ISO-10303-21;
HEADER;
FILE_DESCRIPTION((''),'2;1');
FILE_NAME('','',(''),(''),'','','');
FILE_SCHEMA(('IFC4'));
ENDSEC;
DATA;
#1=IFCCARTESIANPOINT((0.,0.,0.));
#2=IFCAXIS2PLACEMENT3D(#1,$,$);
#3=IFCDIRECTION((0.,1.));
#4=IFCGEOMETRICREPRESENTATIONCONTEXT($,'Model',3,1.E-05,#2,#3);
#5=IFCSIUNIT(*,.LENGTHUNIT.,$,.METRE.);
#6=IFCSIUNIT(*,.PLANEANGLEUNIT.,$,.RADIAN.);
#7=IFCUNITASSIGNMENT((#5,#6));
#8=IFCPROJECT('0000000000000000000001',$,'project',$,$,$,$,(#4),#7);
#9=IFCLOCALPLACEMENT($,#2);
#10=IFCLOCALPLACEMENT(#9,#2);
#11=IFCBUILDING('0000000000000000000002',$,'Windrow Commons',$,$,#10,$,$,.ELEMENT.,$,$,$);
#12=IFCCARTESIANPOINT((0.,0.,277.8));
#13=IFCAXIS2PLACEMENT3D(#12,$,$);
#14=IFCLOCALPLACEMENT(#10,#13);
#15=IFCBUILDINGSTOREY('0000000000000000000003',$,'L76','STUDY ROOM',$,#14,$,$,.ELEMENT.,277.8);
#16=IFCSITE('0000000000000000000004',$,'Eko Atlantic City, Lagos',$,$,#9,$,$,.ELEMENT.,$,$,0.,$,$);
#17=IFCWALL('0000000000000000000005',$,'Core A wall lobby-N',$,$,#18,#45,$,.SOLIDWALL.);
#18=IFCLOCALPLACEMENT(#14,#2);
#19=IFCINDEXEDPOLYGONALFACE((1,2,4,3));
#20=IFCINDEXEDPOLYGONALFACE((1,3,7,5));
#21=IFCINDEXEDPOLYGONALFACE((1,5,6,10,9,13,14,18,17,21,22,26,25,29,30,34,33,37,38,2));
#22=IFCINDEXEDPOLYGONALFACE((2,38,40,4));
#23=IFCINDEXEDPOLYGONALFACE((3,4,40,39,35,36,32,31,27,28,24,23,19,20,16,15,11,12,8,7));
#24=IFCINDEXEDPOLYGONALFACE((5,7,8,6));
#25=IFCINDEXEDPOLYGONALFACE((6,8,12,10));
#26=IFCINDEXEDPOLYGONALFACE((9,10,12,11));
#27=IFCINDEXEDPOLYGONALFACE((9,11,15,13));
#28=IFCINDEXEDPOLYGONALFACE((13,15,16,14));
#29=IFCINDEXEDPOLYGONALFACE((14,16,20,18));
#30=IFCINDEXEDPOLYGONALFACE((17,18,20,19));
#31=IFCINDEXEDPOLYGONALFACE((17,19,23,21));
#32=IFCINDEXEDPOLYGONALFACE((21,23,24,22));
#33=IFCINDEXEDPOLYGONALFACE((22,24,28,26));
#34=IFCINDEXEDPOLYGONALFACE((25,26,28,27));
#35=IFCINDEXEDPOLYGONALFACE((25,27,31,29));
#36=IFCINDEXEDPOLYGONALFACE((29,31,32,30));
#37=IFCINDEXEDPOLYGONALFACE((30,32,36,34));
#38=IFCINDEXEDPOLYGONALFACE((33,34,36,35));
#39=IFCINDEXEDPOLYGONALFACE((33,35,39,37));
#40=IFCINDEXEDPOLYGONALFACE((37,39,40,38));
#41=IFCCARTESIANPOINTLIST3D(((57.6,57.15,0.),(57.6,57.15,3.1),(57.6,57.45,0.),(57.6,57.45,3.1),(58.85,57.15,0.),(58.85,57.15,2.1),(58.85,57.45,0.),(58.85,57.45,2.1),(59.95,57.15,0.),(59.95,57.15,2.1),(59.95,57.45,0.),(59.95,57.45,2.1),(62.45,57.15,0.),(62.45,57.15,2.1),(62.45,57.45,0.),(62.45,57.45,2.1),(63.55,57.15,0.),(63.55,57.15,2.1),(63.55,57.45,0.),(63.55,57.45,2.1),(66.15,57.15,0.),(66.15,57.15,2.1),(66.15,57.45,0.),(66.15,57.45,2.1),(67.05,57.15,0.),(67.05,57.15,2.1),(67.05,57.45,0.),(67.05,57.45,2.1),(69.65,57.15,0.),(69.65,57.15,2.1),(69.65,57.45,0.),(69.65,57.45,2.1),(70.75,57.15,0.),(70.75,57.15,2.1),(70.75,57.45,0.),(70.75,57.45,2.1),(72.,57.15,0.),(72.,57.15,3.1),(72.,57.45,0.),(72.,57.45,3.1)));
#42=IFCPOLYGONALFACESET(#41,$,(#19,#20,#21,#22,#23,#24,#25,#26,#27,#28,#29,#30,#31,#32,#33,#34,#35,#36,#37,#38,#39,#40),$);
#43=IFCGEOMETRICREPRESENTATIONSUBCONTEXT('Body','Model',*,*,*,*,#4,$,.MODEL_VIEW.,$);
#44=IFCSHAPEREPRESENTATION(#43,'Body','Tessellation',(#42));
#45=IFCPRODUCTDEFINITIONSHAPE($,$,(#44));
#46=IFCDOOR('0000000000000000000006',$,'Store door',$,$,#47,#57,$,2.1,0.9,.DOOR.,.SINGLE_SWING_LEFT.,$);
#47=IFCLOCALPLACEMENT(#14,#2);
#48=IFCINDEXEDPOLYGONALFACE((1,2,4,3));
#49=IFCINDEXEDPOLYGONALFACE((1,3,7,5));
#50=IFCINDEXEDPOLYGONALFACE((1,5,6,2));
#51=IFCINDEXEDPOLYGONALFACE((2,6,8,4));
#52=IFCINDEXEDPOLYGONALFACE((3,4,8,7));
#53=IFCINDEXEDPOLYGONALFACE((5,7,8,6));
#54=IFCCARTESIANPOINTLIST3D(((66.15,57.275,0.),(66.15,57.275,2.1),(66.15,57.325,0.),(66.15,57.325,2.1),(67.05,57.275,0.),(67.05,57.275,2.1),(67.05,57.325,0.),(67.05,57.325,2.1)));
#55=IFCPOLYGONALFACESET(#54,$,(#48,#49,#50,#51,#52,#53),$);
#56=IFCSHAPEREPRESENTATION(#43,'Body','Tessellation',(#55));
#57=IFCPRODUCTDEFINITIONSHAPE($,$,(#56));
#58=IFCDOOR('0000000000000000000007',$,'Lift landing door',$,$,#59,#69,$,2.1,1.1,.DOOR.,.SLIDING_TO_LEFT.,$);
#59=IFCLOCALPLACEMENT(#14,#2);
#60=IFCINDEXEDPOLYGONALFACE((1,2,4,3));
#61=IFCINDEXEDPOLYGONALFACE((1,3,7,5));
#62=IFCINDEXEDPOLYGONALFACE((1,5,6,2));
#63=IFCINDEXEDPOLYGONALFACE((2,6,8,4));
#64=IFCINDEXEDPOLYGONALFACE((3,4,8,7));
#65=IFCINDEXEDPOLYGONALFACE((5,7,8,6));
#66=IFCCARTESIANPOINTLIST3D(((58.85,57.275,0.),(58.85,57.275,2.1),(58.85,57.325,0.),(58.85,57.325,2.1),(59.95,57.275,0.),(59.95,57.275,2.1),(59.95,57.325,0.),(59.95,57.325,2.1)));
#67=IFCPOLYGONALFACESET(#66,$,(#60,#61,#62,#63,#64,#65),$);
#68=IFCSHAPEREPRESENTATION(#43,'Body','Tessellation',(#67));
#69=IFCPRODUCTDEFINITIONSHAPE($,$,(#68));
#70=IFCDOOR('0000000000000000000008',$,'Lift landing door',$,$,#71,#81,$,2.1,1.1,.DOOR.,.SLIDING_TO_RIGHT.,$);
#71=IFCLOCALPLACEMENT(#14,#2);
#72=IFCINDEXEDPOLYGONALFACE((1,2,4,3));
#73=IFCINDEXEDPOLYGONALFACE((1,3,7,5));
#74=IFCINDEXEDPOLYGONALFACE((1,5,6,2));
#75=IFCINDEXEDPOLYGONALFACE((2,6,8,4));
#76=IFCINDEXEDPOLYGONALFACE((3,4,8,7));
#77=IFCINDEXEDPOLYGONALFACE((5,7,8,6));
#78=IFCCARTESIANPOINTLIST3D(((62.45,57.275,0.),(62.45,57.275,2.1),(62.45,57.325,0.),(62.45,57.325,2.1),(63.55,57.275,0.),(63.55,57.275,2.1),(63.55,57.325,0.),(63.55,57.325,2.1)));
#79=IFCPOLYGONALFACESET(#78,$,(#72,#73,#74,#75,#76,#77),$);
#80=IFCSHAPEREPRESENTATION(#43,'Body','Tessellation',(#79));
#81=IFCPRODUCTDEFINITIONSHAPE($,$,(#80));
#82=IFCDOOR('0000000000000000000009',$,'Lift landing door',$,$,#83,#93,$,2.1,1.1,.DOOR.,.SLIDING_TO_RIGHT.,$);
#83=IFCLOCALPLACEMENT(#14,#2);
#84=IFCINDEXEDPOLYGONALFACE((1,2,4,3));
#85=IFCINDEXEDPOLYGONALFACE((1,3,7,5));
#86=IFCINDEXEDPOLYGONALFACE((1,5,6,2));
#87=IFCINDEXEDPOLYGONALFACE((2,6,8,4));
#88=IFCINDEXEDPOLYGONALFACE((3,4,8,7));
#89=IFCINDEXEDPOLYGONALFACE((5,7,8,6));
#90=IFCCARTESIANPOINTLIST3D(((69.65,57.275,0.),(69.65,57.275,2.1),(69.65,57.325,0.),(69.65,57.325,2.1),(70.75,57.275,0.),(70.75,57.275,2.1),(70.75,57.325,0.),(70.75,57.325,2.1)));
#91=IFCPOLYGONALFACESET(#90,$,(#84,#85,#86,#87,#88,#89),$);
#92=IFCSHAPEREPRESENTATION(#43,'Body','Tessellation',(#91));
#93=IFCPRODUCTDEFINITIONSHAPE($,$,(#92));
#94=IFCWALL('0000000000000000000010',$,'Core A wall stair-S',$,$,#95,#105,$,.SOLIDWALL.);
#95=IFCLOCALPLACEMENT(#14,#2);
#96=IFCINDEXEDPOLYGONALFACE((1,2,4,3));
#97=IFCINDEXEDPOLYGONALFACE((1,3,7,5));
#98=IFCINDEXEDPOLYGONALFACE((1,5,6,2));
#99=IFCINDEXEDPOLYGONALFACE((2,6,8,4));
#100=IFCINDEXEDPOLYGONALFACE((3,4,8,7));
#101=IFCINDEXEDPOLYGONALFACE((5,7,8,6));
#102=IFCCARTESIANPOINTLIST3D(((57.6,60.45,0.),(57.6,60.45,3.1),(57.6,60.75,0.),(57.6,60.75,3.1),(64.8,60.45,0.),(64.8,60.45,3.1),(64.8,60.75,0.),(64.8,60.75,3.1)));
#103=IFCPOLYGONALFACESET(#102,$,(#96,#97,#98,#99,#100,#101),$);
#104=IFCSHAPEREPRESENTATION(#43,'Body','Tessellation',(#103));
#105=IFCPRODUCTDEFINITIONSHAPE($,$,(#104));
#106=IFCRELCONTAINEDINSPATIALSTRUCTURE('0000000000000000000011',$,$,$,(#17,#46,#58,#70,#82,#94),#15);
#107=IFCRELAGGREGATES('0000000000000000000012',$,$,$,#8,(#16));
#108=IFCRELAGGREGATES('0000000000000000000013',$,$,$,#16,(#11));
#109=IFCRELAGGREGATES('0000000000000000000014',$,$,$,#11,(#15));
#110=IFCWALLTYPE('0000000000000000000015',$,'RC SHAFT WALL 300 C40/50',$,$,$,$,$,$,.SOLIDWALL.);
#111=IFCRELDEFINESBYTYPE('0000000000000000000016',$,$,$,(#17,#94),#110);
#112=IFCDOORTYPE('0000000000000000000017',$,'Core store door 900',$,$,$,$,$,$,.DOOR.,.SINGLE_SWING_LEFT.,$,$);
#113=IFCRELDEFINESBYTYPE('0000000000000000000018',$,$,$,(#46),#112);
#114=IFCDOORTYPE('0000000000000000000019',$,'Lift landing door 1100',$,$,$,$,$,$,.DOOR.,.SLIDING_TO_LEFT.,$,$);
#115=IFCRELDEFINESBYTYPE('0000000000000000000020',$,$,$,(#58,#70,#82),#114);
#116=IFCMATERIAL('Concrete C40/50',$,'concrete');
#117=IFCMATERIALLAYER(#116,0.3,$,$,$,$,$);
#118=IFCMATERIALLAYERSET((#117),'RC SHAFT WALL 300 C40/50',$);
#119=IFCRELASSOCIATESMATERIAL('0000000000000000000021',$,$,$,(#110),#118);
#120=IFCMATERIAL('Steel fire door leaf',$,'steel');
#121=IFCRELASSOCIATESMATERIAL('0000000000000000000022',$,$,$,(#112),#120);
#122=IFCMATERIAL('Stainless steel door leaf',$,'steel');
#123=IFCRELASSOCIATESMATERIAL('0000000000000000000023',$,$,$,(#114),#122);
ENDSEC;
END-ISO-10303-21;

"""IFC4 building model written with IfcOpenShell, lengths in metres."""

from ifc_helpers import new_model, si_unit, direction, frame, frame_2d, origin, place, context, subcontext, project, spatial, rectangle, extrude, material, layer, layer_set, type_object, element, fill, save


model = new_model("IFC4")

# Units and contexts
model_context = context("Model", 3, precision=1e-05, world=origin(), true_north=direction((0.0, 1.0)))
body_context = subcontext(model_context, "Body", "Model", "MODEL_VIEW")
ifc_project = project(units=[si_unit("LENGTHUNIT", "METRE"), si_unit("PLANEANGLEUNIT", "RADIAN")], contexts=[model_context])

# Site, building, storey
site_placement = place(None, origin())
site = spatial("IfcSite", under=ifc_project, at=site_placement, Name="Eko Atlantic City, Lagos", CompositionType="ELEMENT", RefElevation=0.0)
building_placement = place(site_placement, origin())
building = spatial("IfcBuilding", under=site, at=building_placement, Name="Windrow Commons", CompositionType="ELEMENT")
storey_placement = place(building_placement, frame((0.0, 0.0, 277.8)))
storey = spatial("IfcBuildingStorey", under=building, at=storey_placement, Name="L76", Description="STUDY ROOM", CompositionType="ELEMENT", Elevation=277.8)

# Wall, openings, doors
ifc_material_1 = material(Name="Concrete C40/50", Category="concrete")
ifc_layer_1 = layer(ifc_material_1, 0.3)
ifc_layer_set_1 = layer_set([ifc_layer_1], Name="RC SHAFT WALL 300 C40/50")
wall_type_1 = type_object("IfcWallType", Name="RC SHAFT WALL 300 C40/50", PredefinedType="SOLIDWALL", material=ifc_layer_set_1)
ifc_material_2 = material(Name="Steel fire door leaf", Category="steel")
door_type_1 = type_object("IfcDoorType", Name="Core store door 900", OperationType="SINGLE_SWING_LEFT", PredefinedType="DOOR", material=ifc_material_2)
ifc_material_3 = material(Name="Stainless steel door leaf", Category="steel")
door_type_2 = type_object("IfcDoorType", Name="Lift landing door 1100", OperationType="SLIDING_TO_LEFT", PredefinedType="DOOR", material=ifc_material_3)
wall_1_placement = place(storey_placement, frame((57.6, 57.3, 0.0), z_axis=(0.0, 0.0, 1.0), x_axis=(1.0, 0.0, 0.0)))
wall_1 = element("IfcWall", 1, at=wall_1_placement, inside=storey, type_object=wall_type_1, Name="Core A wall lobby-N", PredefinedType="SOLIDWALL", context=body_context, shape_type="SweptSolid", body=[
    extrude(rectangle(XDim=14.4, YDim=0.3, at=frame_2d((7.2, 0.0))), origin(), (0.0, 0.0, 1.0), 3.1),
])
opening_1_placement = place(wall_1_placement, frame((8.55, 0.0, 0.0)))
opening_1 = element("IfcOpeningElement", 2, at=opening_1_placement, cuts=wall_1, PredefinedType="OPENING", context=body_context, shape_type="SweptSolid", body=[
    extrude(rectangle(XDim=0.9, YDim=2.1, at=frame_2d((0.45, 1.05))), frame((0.0, 0.16, 0.0), z_axis=(0.0, -1.0, 0.0), x_axis=(1.0, 0.0, 0.0)), (0.0, 0.0, 1.0), 0.32),
])
opening_2_placement = place(wall_1_placement, frame((1.25, 0.0, 0.0)))
opening_2 = element("IfcOpeningElement", 3, at=opening_2_placement, cuts=wall_1, PredefinedType="OPENING", context=body_context, shape_type="SweptSolid", body=[
    extrude(rectangle(XDim=1.1, YDim=2.1, at=frame_2d((0.55, 1.05))), frame((0.0, 0.16, 0.0), z_axis=(0.0, -1.0, 0.0), x_axis=(1.0, 0.0, 0.0)), (0.0, 0.0, 1.0), 0.32),
])
opening_3_placement = place(wall_1_placement, frame((4.85, 0.0, 0.0)))
opening_3 = element("IfcOpeningElement", 4, at=opening_3_placement, cuts=wall_1, PredefinedType="OPENING", context=body_context, shape_type="SweptSolid", body=[
    extrude(rectangle(XDim=1.1, YDim=2.1, at=frame_2d((0.55, 1.05))), frame((0.0, 0.16, 0.0), z_axis=(0.0, -1.0, 0.0), x_axis=(1.0, 0.0, 0.0)), (0.0, 0.0, 1.0), 0.32),
])
opening_4_placement = place(wall_1_placement, frame((12.05, 0.0, 0.0)))
opening_4 = element("IfcOpeningElement", 5, at=opening_4_placement, cuts=wall_1, PredefinedType="OPENING", context=body_context, shape_type="SweptSolid", body=[
    extrude(rectangle(XDim=1.1, YDim=2.1, at=frame_2d((0.55, 1.05))), frame((0.0, 0.16, 0.0), z_axis=(0.0, -1.0, 0.0), x_axis=(1.0, 0.0, 0.0)), (0.0, 0.0, 1.0), 0.32),
])
door_1_placement = place(opening_1_placement, origin())
door_1 = element("IfcDoor", 6, at=door_1_placement, inside=storey, type_object=door_type_1, Name="Store door", OperationType="SINGLE_SWING_LEFT", OverallHeight=2.1, OverallWidth=0.9, PredefinedType="DOOR", context=body_context, shape_type="SweptSolid", body=[
    extrude(rectangle(XDim=0.9, YDim=2.1, at=frame_2d((0.45, 1.05))), frame((0.0, 0.025, 0.0), z_axis=(0.0, -1.0, 0.0), x_axis=(1.0, 0.0, 0.0)), (0.0, 0.0, 1.0), 0.05),
])
fill(opening_1, door_1)
door_2_placement = place(opening_2_placement, origin())
door_2 = element("IfcDoor", 7, at=door_2_placement, inside=storey, type_object=door_type_2, Name="Lift landing door", OperationType="SLIDING_TO_LEFT", OverallHeight=2.1, OverallWidth=1.1, PredefinedType="DOOR", context=body_context, shape_type="SweptSolid", body=[
    extrude(rectangle(XDim=1.1, YDim=2.1, at=frame_2d((0.55, 1.05))), frame((0.0, 0.025, 0.0), z_axis=(0.0, -1.0, 0.0), x_axis=(1.0, 0.0, 0.0)), (0.0, 0.0, 1.0), 0.05),
])
fill(opening_2, door_2)
door_3_placement = place(opening_3_placement, origin())
door_3 = element("IfcDoor", 8, at=door_3_placement, inside=storey, type_object=door_type_2, Name="Lift landing door", OperationType="SLIDING_TO_RIGHT", OverallHeight=2.1, OverallWidth=1.1, PredefinedType="DOOR", context=body_context, shape_type="SweptSolid", body=[
    extrude(rectangle(XDim=1.1, YDim=2.1, at=frame_2d((0.55, 1.05))), frame((0.0, 0.025, 0.0), z_axis=(0.0, -1.0, 0.0), x_axis=(1.0, 0.0, 0.0)), (0.0, 0.0, 1.0), 0.05),
])
fill(opening_3, door_3)
door_4_placement = place(opening_4_placement, origin())
door_4 = element("IfcDoor", 9, at=door_4_placement, inside=storey, type_object=door_type_2, Name="Lift landing door", OperationType="SLIDING_TO_RIGHT", OverallHeight=2.1, OverallWidth=1.1, PredefinedType="DOOR", context=body_context, shape_type="SweptSolid", body=[
    extrude(rectangle(XDim=1.1, YDim=2.1, at=frame_2d((0.55, 1.05))), frame((0.0, 0.025, 0.0), z_axis=(0.0, -1.0, 0.0), x_axis=(1.0, 0.0, 0.0)), (0.0, 0.0, 1.0), 0.05),
])
fill(opening_4, door_4)

# Wall
wall_2_placement = place(storey_placement, frame((57.6, 60.6, 0.0), z_axis=(0.0, 0.0, 1.0), x_axis=(1.0, 0.0, 0.0)))
element("IfcWall", 10, at=wall_2_placement, inside=storey, type_object=wall_type_1, Name="Core A wall stair-S", PredefinedType="SOLIDWALL", context=body_context, shape_type="SweptSolid", body=[
    extrude(rectangle(XDim=7.2, YDim=0.3, at=frame_2d((3.6, 0.0))), origin(), (0.0, 0.0, 1.0), 3.1),
])

save(model, "model.ifc")
